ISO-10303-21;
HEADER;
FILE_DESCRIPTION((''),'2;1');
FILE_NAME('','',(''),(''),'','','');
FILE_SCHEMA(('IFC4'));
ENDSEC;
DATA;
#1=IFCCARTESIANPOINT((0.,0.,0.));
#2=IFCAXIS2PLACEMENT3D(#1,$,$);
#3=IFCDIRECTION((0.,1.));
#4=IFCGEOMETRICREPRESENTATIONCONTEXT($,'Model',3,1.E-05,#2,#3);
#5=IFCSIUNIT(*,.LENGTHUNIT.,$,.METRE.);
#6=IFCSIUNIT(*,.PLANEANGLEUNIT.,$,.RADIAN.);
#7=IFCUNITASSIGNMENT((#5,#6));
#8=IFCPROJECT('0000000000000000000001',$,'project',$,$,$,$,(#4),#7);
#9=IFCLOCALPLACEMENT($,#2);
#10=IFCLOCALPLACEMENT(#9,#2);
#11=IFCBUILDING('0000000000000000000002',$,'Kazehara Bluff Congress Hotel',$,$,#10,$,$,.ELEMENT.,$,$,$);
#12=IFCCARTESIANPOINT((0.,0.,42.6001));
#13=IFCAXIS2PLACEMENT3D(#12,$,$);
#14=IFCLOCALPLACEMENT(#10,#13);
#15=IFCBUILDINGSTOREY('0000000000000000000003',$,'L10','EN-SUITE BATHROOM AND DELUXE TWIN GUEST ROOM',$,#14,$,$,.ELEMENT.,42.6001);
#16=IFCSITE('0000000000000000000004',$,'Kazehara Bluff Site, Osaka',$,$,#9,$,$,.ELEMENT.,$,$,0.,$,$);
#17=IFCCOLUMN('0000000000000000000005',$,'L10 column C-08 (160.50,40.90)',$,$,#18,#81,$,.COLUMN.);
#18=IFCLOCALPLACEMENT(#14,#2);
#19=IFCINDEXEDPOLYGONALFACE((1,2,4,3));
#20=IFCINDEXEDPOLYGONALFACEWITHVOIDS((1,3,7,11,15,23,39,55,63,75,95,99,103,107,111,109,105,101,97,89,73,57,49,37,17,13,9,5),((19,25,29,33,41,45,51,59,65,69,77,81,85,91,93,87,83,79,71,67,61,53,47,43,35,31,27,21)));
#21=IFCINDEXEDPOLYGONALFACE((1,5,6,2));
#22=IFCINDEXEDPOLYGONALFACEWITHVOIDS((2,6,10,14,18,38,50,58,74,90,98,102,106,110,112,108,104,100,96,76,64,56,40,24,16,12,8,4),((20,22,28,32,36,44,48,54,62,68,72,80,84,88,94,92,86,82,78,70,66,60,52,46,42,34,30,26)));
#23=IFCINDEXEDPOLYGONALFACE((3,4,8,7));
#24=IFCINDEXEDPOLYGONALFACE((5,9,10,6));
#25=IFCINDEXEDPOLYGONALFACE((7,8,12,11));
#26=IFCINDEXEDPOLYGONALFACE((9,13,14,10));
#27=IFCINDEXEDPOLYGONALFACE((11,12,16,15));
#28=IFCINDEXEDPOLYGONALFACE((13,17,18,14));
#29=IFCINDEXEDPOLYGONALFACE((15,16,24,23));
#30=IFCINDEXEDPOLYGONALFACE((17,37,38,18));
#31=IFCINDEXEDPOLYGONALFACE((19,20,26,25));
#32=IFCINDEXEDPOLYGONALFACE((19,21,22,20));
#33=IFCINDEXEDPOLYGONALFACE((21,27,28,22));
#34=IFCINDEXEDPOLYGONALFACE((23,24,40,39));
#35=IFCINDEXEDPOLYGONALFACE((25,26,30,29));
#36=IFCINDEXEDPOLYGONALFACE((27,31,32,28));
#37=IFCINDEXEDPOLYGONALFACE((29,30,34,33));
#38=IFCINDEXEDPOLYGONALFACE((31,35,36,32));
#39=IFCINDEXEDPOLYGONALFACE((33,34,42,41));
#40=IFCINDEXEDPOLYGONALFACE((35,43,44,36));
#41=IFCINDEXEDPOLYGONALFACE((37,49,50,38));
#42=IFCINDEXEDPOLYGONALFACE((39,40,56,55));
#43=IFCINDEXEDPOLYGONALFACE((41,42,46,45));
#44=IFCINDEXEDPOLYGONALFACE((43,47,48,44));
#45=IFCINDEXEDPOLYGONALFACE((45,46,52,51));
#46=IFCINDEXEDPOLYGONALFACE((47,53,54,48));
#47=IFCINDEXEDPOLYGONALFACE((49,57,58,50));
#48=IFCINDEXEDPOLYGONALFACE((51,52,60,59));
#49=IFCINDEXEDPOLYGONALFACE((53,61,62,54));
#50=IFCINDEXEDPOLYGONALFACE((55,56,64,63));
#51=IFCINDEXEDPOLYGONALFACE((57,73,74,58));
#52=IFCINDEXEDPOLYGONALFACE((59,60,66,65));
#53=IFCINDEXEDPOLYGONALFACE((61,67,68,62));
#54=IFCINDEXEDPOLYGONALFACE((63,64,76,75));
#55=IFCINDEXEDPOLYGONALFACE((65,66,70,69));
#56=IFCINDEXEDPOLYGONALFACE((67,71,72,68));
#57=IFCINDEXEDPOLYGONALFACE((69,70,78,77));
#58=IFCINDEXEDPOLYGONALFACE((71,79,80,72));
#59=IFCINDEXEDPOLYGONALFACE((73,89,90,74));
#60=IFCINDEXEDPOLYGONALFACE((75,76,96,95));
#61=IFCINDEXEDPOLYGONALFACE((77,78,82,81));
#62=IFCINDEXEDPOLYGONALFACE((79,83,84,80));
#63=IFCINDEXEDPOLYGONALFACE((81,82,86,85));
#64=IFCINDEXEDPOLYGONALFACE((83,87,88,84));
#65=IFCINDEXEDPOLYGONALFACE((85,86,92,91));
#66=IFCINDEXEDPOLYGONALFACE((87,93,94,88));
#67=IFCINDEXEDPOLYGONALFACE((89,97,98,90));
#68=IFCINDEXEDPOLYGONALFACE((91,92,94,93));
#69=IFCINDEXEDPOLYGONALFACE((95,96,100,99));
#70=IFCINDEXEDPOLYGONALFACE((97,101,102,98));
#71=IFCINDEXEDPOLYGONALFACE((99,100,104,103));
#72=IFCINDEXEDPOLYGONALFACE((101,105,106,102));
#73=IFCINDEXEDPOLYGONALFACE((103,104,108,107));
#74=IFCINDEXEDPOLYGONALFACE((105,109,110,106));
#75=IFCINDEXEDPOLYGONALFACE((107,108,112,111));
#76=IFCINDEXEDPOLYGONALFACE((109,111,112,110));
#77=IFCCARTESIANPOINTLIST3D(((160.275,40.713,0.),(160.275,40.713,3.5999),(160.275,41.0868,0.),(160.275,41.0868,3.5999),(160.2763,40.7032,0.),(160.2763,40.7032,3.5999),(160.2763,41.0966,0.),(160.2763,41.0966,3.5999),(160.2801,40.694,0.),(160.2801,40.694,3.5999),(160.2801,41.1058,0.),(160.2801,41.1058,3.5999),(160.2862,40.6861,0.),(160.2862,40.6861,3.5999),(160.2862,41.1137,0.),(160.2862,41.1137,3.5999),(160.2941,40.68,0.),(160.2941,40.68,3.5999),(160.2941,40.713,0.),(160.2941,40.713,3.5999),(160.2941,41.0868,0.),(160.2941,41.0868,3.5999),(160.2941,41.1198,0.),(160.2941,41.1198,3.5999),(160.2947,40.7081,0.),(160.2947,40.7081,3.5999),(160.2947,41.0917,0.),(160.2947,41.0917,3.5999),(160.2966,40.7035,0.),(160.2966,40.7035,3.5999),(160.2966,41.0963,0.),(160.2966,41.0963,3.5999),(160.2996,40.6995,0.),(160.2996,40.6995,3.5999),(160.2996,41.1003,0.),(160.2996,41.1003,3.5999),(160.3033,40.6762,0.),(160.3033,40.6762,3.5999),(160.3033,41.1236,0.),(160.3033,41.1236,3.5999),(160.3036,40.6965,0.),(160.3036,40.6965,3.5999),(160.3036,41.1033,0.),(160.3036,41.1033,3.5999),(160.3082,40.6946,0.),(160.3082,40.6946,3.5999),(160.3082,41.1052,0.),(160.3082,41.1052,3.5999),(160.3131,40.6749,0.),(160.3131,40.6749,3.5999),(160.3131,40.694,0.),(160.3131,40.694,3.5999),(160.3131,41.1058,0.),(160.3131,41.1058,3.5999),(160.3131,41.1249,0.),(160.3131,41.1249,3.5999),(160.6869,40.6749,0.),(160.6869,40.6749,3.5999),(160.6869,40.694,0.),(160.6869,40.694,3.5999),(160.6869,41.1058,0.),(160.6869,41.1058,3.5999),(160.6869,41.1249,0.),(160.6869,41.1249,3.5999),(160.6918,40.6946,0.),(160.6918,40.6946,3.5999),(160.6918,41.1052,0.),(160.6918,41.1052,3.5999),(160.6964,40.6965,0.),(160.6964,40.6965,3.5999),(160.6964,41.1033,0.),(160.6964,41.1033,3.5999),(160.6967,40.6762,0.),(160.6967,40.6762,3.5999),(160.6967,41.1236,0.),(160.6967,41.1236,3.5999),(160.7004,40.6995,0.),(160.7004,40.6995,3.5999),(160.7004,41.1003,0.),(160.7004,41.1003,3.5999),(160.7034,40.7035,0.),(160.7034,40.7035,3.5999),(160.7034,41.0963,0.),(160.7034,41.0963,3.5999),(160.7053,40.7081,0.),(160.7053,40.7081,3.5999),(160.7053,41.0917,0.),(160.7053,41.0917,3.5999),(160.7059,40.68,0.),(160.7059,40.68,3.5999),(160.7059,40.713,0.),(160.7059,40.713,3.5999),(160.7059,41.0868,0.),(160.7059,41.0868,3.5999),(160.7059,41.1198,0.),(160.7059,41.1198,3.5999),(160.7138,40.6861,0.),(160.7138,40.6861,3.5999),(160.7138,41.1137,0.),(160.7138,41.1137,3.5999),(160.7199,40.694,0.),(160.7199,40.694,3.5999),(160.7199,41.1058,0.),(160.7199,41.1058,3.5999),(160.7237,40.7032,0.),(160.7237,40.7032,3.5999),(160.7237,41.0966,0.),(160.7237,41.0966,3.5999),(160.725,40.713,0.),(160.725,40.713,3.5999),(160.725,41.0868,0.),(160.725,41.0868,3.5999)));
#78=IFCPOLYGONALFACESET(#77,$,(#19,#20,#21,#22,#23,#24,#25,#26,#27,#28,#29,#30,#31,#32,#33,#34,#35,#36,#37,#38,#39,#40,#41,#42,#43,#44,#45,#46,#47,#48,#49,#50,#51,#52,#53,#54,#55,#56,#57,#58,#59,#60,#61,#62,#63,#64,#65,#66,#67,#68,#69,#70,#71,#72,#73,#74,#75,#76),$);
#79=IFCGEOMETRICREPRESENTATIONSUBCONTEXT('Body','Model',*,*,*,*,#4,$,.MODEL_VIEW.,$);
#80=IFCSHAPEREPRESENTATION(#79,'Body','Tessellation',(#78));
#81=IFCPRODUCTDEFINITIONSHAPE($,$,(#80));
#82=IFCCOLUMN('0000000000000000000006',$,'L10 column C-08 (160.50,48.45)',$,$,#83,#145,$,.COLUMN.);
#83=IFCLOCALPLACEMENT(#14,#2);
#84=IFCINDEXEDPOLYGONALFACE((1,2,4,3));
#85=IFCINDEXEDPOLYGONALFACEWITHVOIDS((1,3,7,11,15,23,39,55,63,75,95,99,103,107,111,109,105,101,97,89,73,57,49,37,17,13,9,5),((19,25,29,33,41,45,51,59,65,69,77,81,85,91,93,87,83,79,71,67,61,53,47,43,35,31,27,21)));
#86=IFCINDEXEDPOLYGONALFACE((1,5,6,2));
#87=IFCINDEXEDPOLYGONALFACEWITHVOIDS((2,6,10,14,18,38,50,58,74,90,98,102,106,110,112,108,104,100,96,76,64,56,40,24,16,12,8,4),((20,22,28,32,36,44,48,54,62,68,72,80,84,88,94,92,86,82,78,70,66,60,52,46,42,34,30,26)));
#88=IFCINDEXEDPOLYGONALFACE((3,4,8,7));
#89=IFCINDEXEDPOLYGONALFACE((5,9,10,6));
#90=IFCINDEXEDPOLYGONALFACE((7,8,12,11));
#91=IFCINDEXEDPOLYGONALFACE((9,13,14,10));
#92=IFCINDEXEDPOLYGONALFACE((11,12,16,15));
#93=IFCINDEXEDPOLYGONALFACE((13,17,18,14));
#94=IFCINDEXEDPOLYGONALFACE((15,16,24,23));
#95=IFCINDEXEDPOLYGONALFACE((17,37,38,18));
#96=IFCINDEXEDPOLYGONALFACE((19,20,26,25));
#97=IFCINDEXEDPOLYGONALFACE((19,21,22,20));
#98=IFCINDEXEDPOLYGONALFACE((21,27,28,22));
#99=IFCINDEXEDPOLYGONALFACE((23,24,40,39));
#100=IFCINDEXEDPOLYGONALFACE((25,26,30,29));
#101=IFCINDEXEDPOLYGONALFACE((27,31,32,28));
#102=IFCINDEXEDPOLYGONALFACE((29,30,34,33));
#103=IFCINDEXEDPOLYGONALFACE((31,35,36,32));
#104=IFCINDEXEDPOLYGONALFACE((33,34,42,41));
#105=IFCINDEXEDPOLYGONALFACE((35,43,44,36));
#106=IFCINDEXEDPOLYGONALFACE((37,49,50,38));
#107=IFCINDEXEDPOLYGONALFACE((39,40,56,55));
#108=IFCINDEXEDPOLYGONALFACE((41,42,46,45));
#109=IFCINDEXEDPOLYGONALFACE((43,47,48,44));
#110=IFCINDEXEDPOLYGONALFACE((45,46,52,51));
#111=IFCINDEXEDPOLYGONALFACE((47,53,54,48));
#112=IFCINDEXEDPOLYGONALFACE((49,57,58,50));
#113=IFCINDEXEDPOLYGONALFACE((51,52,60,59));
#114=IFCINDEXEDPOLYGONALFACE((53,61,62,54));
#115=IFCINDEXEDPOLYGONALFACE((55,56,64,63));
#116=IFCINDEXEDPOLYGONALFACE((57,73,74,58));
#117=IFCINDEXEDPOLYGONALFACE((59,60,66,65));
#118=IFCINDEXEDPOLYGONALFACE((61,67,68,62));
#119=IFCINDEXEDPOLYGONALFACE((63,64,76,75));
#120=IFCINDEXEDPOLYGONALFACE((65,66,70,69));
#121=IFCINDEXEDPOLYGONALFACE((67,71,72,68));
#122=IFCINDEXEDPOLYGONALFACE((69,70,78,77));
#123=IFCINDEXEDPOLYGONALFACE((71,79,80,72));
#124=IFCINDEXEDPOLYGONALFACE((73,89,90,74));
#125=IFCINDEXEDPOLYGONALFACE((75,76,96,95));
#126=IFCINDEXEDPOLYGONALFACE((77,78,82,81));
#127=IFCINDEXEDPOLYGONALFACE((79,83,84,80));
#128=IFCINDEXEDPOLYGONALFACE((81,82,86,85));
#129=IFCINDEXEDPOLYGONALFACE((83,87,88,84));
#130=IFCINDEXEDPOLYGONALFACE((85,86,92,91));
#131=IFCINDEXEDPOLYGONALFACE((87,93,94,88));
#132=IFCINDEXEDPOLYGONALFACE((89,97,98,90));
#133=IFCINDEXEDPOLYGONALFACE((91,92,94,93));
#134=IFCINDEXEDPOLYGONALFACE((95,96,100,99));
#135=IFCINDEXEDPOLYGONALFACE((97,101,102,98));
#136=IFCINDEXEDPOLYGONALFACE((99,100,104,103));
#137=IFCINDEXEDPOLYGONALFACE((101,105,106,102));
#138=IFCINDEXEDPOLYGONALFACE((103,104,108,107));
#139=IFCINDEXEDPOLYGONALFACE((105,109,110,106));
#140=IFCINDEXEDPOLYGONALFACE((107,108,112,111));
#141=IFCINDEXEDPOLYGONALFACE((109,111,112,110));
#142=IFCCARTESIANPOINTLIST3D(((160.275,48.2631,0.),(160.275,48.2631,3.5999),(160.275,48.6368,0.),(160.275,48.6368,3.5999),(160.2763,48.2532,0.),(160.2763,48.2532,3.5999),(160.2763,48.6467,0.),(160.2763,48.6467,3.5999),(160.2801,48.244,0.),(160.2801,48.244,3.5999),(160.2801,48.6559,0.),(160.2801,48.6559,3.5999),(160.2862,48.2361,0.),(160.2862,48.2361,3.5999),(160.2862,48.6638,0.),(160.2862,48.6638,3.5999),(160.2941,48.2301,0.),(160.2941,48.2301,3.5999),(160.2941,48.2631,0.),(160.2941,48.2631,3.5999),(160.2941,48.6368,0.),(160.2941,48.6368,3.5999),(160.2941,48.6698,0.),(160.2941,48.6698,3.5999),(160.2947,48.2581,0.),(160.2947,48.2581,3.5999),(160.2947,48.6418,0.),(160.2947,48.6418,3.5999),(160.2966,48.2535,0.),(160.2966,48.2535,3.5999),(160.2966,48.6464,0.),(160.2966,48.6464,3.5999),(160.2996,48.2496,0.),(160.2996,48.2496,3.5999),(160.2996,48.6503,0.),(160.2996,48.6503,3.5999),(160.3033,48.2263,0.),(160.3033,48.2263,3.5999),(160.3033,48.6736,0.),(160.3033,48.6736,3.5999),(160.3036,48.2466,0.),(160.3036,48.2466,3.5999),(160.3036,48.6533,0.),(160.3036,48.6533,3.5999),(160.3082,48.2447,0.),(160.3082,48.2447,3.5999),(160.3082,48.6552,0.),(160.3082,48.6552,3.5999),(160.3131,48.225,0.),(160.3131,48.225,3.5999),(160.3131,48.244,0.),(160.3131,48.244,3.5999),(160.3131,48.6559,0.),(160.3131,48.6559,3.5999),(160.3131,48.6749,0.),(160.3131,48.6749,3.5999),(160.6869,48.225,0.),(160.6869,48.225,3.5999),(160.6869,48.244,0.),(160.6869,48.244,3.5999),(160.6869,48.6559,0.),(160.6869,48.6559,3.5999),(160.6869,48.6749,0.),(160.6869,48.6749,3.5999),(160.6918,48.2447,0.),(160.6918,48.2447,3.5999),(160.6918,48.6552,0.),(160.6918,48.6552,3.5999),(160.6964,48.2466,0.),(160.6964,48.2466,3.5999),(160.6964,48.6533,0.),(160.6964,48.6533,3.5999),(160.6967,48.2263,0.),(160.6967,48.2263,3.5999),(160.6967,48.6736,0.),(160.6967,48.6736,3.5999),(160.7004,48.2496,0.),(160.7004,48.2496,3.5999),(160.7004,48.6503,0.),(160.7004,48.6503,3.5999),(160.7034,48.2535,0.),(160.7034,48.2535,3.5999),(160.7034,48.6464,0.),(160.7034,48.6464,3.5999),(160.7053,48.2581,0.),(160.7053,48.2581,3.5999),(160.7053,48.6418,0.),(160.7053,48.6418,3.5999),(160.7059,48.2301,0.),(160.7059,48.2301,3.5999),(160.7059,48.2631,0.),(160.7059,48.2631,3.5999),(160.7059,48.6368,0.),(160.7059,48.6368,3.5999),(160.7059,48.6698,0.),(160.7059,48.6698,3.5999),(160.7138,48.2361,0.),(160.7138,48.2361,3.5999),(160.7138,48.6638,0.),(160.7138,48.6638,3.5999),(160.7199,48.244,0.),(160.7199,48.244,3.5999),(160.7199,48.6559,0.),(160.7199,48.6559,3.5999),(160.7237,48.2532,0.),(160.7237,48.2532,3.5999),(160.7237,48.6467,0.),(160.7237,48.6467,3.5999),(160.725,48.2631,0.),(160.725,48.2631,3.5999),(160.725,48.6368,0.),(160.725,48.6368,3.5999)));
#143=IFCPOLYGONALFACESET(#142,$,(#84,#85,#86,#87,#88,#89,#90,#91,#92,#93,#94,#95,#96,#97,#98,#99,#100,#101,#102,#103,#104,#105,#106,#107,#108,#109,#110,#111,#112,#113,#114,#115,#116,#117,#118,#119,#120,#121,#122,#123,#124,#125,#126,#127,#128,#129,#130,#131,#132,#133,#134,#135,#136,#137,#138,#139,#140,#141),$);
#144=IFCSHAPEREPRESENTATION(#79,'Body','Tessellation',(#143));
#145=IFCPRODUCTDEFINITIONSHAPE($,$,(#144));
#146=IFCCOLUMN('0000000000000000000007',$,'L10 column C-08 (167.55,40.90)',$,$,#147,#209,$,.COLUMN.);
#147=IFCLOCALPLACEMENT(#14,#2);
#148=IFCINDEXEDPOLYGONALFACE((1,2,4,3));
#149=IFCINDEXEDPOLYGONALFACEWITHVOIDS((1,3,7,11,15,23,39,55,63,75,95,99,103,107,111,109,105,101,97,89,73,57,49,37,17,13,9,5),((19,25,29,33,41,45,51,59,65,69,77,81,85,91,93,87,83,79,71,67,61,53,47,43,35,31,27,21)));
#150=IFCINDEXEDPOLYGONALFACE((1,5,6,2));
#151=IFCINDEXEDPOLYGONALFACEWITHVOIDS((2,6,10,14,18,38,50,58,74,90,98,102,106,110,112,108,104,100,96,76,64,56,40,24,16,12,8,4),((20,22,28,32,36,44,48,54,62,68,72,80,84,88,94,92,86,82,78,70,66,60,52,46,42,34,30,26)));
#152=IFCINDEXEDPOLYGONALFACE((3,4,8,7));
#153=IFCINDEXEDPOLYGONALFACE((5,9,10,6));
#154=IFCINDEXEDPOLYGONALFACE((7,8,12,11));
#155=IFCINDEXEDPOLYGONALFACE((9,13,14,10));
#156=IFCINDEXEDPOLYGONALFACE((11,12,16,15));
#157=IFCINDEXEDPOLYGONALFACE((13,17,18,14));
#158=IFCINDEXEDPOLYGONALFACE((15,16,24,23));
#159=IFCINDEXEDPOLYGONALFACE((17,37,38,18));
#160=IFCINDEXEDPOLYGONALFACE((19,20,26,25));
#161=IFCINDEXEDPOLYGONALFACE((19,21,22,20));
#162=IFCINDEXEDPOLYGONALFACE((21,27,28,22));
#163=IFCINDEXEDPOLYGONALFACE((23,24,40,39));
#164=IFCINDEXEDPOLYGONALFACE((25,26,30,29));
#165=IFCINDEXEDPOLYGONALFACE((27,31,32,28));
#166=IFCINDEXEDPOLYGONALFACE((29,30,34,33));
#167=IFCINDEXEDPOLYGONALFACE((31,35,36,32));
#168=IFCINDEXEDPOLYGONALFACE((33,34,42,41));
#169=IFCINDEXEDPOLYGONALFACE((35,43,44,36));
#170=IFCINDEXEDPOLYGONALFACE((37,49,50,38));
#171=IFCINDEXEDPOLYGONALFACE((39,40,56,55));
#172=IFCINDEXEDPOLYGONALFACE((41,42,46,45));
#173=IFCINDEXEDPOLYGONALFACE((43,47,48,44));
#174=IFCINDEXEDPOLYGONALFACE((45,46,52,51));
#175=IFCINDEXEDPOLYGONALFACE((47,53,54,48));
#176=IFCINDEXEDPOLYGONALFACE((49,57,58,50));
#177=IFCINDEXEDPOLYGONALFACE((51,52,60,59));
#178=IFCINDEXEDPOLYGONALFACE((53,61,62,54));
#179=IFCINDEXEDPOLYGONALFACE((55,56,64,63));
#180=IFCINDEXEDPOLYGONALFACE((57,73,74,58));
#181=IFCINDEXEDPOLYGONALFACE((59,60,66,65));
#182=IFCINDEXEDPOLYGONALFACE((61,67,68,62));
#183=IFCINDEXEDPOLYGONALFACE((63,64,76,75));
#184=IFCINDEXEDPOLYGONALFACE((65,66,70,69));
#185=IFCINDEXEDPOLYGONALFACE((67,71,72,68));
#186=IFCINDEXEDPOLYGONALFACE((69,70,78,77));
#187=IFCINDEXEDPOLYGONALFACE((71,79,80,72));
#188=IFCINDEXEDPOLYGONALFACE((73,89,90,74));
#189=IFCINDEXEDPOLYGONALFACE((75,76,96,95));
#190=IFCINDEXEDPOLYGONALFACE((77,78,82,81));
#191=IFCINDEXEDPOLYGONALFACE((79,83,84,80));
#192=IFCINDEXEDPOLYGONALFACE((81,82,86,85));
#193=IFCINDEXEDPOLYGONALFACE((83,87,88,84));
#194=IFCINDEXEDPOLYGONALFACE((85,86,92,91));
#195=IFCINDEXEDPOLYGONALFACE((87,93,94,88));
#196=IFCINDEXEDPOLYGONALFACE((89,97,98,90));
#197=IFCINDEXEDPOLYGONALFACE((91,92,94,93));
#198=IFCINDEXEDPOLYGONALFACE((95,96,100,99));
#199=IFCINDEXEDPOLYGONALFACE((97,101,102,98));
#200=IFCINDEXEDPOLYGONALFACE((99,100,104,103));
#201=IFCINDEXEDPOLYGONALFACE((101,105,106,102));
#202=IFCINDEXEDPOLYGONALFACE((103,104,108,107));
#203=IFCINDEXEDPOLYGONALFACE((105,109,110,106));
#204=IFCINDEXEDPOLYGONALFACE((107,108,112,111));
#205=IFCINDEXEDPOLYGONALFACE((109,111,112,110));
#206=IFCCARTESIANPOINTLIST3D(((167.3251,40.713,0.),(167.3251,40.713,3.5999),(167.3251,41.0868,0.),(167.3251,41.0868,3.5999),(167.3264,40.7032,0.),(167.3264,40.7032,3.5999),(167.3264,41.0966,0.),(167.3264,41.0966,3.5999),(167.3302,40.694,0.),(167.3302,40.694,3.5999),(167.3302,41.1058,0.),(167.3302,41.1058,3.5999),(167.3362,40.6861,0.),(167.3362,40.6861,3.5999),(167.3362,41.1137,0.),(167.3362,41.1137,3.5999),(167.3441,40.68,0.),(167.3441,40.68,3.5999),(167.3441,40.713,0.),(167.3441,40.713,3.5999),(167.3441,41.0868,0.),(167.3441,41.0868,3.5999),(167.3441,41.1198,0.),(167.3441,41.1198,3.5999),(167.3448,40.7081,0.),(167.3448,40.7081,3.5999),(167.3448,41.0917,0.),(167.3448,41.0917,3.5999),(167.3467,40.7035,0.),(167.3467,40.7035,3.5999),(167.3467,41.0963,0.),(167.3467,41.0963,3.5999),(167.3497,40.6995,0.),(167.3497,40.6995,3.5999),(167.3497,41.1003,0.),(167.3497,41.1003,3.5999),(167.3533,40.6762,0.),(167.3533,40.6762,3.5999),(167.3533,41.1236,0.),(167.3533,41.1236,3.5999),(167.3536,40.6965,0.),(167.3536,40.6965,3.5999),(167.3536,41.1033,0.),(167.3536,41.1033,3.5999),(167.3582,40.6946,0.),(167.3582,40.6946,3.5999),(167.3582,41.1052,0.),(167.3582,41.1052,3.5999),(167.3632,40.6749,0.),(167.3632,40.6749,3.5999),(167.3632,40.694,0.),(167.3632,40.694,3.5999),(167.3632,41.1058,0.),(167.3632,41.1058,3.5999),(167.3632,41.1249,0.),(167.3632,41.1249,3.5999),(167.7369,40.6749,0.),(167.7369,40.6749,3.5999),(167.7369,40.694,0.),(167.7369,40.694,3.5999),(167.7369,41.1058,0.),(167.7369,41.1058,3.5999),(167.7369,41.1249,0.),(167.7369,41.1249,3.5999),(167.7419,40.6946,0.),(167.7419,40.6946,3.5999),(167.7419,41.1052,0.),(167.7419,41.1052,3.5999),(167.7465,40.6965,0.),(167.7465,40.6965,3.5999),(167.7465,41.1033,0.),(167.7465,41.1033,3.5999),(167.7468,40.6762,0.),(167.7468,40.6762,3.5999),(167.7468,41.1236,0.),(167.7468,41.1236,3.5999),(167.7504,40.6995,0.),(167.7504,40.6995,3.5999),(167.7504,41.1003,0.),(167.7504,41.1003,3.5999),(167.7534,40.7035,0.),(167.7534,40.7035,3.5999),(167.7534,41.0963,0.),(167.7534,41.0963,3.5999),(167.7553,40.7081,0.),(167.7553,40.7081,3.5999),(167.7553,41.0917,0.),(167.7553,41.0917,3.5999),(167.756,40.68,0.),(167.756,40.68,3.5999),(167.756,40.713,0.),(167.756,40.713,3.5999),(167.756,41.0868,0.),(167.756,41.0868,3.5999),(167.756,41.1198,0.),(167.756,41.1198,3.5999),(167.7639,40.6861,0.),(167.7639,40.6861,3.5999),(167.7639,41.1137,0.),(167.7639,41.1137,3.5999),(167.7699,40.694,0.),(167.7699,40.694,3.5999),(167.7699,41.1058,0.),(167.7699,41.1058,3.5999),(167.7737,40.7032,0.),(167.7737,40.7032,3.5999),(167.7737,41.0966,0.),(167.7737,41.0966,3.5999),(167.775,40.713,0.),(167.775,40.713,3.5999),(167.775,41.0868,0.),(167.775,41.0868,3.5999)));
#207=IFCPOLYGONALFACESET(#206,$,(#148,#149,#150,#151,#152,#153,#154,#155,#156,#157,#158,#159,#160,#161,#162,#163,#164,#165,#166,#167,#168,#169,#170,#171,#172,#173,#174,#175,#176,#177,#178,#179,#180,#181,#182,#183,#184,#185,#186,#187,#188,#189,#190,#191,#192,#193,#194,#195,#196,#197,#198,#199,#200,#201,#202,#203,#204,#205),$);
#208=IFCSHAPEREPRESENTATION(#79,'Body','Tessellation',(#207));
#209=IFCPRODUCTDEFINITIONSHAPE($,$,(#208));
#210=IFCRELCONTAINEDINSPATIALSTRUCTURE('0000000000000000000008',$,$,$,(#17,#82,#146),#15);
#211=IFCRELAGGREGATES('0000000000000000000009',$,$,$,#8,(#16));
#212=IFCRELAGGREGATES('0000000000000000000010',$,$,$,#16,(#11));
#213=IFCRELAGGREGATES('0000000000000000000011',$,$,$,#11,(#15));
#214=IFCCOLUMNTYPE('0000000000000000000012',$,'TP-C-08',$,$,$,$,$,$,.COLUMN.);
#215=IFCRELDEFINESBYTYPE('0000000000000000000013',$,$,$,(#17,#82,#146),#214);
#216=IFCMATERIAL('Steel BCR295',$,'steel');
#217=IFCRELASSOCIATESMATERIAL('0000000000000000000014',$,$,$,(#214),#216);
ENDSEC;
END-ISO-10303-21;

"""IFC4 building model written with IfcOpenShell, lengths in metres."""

from ifc_helpers import new_model, si_unit, direction, frame, origin, origin_2d, place, context, subcontext, project, spatial, hollow_rectangle, extrude, material, material_profile, profile_set, type_object, element, save


model = new_model("IFC4")

# Units and contexts
model_context = context("Model", 3, precision=1e-05, world=origin(), true_north=direction((0.0, 1.0)))
body_context = subcontext(model_context, "Body", "Model", "MODEL_VIEW")
ifc_project = project(units=[si_unit("LENGTHUNIT", "METRE"), si_unit("PLANEANGLEUNIT", "RADIAN")], contexts=[model_context])

# Site, building, storey
site_placement = place(None, origin())
site = spatial("IfcSite", under=ifc_project, at=site_placement, Name="Kazehara Bluff Site, Osaka", CompositionType="ELEMENT", RefElevation=0.0)
building_placement = place(site_placement, origin())
building = spatial("IfcBuilding", under=site, at=building_placement, Name="Kazehara Bluff Congress Hotel", CompositionType="ELEMENT")
storey_placement = place(building_placement, frame((0.0, 0.0, 42.6001)))
storey = spatial("IfcBuildingStorey", under=building, at=storey_placement, Name="L10", Description="EN-SUITE BATHROOM AND DELUXE TWIN GUEST ROOM", CompositionType="ELEMENT", Elevation=42.6001)

# Columns
ifc_material_1 = material(Name="Steel BCR295", Category="steel")
ifc_material_profile_1 = material_profile(ifc_material_1, hollow_rectangle(XDim=0.45, YDim=0.45, WallThickness=0.019, InnerFilletRadius=0.019, OuterFilletRadius=0.0381, at=origin_2d()))
ifc_profile_set_1 = profile_set([ifc_material_profile_1], Name="Steel BCR295")
column_type = type_object("IfcColumnType", Name="TP-C-08", PredefinedType="COLUMN", material=ifc_profile_set_1)
for number, where, z_axis, x_axis, name in (
    (1, (160.5, 40.8999, 0.0), (0.0, 0.0, 1.0), (1.0, 0.0, 0.0), "L10 column C-08 (160.50,40.90)"),
    (2, (160.5, 48.45, 0.0), (0.0, 0.0, 1.0), (1.0, 0.0, 0.0), "L10 column C-08 (160.50,48.45)"),
    (3, (167.55, 40.8999, 0.0), (0.0, 0.0, 1.0), (1.0, 0.0, 0.0), "L10 column C-08 (167.55,40.90)"),
):
    element("IfcColumn", number, at=place(storey_placement, frame(where, z_axis=z_axis, x_axis=x_axis)), inside=storey, type_object=column_type, Name=name, PredefinedType="COLUMN", context=body_context, shape_type="SweptSolid", body=[
        extrude(hollow_rectangle(XDim=0.45, YDim=0.45, WallThickness=0.019, InnerFilletRadius=0.019, OuterFilletRadius=0.0381, at=origin_2d()), origin(), (0.0, 0.0, 1.0), 3.5999),
    ])

save(model, "model.ifc")
